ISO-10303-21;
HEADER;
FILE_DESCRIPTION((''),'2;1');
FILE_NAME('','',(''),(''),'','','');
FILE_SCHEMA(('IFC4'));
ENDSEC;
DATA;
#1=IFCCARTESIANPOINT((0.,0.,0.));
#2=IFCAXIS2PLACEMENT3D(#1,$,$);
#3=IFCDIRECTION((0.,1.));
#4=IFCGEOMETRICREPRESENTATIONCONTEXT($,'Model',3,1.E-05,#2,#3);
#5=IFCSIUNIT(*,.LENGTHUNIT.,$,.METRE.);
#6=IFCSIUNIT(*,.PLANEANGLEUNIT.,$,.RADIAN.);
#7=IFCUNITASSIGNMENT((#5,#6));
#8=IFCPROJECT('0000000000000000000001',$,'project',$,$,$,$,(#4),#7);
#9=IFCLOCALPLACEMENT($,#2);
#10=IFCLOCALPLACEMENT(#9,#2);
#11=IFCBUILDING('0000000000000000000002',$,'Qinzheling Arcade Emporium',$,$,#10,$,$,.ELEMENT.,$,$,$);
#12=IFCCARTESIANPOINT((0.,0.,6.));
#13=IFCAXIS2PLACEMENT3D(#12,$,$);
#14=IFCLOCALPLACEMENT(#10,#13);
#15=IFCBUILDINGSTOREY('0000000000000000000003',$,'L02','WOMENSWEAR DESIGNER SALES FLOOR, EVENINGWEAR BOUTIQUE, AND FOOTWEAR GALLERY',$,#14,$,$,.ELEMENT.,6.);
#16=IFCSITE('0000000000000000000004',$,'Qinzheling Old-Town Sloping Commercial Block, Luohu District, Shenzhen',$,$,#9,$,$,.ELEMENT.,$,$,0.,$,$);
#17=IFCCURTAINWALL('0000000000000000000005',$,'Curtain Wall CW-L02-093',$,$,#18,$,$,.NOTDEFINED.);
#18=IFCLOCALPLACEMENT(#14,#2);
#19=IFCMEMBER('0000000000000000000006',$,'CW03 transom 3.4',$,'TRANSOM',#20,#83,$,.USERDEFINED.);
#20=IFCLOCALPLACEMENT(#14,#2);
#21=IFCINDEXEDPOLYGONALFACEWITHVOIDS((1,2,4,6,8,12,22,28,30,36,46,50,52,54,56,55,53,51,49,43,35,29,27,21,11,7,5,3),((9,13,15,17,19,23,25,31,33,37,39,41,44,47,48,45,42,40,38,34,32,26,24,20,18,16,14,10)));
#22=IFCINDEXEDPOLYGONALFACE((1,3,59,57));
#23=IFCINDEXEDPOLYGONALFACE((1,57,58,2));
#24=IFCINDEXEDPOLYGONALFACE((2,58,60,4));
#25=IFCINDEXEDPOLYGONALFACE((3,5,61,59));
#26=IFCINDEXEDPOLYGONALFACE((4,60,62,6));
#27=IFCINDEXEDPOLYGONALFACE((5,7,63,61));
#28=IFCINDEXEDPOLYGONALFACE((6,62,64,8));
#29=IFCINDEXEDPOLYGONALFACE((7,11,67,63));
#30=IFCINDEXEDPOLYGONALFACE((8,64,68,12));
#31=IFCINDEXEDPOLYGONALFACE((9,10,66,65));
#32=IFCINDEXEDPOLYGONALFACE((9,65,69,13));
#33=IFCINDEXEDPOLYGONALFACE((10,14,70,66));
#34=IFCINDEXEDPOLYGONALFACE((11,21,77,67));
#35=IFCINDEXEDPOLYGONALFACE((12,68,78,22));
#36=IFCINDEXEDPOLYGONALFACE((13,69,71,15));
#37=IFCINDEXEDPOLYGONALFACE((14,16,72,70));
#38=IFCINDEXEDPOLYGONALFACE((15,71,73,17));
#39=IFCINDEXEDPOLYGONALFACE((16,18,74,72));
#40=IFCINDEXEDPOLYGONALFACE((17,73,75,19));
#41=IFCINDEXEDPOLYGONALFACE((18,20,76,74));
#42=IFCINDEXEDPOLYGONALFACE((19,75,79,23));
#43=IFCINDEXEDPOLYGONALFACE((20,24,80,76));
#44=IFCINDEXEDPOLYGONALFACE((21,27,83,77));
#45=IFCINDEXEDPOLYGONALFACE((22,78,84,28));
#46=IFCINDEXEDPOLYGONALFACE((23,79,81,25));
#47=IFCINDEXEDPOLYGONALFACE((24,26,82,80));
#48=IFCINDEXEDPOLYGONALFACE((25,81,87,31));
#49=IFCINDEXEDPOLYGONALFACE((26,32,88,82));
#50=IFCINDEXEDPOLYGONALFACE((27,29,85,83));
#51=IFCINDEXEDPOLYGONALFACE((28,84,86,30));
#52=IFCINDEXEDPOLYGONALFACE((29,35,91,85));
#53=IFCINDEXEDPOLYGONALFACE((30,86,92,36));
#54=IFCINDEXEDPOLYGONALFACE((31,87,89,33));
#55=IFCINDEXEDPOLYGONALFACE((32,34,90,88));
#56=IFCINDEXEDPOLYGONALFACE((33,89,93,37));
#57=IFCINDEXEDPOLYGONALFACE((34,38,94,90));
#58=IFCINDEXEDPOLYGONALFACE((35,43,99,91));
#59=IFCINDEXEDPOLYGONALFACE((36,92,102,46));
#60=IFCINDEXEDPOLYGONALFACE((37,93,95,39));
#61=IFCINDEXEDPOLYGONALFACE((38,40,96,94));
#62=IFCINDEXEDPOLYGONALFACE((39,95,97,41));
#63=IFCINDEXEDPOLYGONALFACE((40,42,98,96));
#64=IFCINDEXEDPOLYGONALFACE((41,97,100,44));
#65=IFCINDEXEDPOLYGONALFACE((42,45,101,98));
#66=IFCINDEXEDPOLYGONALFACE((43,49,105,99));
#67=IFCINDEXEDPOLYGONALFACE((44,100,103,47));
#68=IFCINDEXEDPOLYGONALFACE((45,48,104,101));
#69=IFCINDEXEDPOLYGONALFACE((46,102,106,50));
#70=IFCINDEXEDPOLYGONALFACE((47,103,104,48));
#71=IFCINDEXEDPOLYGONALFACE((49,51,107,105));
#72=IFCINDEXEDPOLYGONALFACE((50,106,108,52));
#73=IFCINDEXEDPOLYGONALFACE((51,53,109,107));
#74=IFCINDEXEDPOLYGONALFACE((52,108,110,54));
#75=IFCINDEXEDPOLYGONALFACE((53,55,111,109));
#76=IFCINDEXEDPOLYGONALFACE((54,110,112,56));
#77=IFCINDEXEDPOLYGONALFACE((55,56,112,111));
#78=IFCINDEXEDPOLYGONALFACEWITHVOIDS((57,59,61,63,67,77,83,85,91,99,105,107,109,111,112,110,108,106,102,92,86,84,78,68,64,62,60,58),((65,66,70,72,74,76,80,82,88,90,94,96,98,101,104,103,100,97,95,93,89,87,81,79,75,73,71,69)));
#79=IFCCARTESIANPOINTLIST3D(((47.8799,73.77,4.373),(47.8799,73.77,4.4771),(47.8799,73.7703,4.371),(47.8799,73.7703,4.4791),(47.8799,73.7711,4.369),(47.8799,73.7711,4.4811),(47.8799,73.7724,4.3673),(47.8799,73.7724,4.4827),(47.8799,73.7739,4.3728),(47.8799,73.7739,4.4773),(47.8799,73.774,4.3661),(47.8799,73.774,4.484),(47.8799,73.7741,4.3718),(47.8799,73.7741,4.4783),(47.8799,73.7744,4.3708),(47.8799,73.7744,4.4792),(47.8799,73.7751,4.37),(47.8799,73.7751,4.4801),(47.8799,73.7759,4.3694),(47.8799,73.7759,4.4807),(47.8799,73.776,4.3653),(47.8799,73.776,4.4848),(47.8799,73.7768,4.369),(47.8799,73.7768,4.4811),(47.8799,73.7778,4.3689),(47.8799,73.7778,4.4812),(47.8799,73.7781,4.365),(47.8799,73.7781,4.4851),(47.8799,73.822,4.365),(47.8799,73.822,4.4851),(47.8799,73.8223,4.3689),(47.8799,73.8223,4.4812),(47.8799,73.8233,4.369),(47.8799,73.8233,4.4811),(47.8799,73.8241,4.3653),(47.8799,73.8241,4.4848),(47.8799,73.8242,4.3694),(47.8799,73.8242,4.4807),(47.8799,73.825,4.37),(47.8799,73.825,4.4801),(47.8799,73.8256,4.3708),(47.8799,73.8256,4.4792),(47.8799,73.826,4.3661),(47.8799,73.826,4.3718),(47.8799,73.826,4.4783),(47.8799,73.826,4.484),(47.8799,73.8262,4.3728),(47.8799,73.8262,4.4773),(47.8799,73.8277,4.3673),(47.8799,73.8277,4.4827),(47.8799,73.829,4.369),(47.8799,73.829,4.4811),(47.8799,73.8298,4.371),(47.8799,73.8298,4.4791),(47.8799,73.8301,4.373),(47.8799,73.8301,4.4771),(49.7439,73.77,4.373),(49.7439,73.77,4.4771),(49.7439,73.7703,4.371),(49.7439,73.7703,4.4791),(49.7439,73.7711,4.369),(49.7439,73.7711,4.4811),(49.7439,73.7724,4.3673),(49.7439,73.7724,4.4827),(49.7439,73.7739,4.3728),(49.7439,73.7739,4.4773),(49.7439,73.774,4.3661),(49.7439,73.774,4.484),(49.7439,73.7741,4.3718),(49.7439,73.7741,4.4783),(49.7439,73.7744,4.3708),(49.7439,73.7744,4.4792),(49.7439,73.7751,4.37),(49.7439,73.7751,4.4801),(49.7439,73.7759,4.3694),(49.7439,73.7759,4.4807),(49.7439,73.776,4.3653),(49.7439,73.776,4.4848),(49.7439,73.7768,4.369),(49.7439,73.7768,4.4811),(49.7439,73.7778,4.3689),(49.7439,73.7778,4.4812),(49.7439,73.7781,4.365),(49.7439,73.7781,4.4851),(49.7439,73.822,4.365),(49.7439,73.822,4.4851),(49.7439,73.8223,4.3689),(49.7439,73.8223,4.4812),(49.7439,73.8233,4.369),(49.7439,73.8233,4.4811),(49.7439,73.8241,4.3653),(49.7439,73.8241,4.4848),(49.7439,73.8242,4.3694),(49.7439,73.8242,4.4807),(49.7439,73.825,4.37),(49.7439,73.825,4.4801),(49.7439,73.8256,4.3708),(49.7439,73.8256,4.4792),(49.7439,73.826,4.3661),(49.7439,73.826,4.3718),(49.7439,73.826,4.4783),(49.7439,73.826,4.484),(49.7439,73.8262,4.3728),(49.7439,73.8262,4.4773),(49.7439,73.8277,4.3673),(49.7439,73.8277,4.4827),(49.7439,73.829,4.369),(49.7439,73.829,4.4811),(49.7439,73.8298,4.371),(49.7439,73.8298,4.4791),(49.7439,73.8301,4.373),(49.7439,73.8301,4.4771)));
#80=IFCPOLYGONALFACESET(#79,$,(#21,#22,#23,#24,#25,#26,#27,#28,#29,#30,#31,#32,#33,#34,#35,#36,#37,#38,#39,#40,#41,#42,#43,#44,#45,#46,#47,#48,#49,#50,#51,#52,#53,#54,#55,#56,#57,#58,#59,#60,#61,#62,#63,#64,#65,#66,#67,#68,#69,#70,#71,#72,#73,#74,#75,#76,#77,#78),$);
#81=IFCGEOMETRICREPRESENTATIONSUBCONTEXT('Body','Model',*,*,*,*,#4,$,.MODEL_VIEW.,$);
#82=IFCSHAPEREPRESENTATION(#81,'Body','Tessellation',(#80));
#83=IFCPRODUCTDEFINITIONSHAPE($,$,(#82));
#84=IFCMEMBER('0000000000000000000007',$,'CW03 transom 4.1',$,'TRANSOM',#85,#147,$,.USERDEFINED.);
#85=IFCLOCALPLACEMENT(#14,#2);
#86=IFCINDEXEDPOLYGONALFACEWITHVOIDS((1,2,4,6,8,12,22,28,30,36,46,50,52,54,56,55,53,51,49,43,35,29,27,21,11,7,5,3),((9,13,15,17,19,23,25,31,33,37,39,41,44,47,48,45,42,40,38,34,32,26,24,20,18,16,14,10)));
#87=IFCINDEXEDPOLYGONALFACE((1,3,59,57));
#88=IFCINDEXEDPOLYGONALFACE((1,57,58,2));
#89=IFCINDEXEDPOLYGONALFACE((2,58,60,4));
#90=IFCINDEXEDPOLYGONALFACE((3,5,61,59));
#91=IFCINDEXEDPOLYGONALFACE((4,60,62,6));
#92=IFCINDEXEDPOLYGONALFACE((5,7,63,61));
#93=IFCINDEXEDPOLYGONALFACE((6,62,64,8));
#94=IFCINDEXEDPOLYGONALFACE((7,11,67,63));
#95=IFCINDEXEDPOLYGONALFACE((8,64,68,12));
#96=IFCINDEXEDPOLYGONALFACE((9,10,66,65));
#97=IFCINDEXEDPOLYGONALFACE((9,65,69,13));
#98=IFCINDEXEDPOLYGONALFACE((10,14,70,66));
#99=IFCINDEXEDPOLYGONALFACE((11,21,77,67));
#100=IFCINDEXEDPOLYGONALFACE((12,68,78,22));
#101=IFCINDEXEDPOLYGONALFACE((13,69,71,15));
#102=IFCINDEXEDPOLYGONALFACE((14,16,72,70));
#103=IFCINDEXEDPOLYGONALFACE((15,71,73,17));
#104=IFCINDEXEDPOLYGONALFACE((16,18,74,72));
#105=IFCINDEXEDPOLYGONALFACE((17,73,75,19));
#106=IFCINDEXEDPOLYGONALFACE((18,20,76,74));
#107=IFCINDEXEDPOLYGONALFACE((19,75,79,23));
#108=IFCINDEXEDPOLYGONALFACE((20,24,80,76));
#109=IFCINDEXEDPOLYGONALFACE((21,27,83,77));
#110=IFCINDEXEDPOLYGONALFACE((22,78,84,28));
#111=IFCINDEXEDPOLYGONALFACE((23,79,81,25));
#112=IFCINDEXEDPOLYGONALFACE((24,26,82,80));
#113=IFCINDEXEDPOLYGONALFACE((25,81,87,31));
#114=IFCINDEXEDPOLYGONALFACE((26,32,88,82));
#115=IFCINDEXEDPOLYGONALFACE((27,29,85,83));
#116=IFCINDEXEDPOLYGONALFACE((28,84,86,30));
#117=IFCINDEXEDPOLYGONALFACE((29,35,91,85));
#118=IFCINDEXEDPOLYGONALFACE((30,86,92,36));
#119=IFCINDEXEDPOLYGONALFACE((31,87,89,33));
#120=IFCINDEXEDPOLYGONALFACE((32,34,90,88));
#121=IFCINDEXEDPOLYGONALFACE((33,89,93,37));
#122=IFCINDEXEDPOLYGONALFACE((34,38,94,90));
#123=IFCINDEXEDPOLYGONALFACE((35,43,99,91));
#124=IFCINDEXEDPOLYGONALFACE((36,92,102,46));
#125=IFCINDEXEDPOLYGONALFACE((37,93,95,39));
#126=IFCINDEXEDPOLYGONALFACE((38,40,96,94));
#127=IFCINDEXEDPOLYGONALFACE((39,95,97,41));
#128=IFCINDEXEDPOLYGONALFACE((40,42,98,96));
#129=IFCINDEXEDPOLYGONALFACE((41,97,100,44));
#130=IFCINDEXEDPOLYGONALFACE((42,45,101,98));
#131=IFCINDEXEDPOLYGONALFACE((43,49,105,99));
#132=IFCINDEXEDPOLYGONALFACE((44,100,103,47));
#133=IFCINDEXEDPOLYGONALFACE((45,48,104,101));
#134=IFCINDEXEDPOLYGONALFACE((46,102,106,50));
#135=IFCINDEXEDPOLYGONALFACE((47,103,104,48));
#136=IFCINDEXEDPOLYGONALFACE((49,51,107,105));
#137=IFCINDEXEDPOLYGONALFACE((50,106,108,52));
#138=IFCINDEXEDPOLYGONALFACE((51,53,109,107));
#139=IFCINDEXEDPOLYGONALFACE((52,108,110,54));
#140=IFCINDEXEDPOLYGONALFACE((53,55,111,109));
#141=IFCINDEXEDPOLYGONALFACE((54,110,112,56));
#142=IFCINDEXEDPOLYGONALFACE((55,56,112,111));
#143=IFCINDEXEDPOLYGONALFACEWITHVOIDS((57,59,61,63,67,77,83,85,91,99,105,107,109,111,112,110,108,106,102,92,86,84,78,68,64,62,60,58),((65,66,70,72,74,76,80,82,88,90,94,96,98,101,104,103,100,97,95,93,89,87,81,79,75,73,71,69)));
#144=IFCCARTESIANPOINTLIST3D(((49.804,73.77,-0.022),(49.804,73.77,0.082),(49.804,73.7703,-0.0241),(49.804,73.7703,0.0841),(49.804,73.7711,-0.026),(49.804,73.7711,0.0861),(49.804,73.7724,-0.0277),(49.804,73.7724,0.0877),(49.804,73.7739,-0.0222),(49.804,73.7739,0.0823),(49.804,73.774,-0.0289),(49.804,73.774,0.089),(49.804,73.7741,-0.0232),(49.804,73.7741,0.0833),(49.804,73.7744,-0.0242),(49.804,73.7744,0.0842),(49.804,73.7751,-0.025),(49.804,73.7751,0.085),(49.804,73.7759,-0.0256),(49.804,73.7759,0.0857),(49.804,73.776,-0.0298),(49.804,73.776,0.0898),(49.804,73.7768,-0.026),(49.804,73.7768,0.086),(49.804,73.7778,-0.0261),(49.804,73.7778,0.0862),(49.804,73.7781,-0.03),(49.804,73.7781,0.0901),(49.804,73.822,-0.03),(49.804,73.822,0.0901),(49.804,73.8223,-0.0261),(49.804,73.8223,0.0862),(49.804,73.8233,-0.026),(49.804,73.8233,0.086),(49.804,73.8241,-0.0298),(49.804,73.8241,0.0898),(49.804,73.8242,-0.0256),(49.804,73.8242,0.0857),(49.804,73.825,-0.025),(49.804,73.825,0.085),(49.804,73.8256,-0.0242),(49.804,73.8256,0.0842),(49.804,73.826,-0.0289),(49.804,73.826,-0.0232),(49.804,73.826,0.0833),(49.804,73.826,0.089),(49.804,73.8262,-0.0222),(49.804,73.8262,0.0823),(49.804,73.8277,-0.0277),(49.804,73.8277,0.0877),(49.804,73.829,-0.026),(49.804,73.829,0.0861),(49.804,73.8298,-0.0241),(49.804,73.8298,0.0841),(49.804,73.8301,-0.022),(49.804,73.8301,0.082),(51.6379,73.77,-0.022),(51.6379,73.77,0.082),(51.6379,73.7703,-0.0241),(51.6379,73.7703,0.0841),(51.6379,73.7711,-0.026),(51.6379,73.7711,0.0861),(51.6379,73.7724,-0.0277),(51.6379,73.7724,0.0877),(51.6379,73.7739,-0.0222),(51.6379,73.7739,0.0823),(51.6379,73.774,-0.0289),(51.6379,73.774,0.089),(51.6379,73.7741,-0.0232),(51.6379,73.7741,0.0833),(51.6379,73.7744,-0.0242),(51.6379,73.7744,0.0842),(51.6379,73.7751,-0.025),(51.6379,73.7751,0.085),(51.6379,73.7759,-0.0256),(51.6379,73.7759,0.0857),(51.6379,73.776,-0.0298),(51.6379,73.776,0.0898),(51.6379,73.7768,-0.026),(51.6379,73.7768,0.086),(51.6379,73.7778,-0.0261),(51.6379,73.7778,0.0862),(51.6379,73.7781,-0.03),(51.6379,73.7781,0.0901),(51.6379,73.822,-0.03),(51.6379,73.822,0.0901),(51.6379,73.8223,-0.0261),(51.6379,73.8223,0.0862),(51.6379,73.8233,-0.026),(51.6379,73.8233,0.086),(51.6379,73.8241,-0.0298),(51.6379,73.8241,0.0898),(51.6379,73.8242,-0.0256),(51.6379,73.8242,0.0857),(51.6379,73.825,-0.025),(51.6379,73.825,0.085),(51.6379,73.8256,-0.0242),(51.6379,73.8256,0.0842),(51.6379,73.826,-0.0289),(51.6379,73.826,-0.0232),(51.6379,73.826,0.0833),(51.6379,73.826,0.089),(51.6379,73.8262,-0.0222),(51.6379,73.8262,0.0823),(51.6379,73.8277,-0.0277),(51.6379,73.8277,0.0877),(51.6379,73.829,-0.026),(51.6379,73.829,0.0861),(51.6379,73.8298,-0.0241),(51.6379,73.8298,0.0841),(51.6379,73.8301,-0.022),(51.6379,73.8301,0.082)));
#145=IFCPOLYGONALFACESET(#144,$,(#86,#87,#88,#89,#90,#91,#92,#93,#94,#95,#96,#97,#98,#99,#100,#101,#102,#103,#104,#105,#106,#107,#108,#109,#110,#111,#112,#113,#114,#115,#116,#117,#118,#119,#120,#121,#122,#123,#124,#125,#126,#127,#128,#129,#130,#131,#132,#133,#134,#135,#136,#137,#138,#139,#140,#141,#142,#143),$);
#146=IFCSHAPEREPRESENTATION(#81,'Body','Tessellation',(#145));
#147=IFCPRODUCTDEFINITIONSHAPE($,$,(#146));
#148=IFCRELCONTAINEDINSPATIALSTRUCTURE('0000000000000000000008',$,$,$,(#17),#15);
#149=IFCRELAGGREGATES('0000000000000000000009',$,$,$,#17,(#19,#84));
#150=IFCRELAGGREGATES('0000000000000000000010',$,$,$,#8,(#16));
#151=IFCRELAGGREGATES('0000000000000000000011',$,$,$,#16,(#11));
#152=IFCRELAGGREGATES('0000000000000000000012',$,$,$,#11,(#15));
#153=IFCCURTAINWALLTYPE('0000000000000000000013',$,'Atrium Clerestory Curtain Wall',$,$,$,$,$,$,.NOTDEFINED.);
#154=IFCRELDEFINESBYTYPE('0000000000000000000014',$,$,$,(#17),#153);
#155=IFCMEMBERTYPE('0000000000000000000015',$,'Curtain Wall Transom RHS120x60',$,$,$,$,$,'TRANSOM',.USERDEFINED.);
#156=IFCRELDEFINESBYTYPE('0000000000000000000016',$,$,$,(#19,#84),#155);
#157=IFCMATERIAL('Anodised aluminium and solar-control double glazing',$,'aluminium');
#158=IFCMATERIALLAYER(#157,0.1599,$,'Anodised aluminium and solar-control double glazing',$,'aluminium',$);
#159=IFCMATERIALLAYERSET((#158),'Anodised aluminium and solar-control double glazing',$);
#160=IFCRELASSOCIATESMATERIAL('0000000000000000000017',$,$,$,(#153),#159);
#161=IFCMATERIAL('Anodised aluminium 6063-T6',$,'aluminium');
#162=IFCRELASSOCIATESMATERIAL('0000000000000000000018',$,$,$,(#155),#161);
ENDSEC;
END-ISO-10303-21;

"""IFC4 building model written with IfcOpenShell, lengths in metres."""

from ifc_helpers import new_model, si_unit, direction, frame, origin, origin_2d, place, context, subcontext, project, spatial, hollow_rectangle, extrude, material, layer, layer_set, material_profile, profile_set, type_object, element, aggregate, save


model = new_model("IFC4")

# Units and contexts
model_context = context("Model", 3, precision=1e-05, world=origin(), true_north=direction((0.0, 1.0)))
body_context = subcontext(model_context, "Body", "Model", "MODEL_VIEW")
ifc_project = project(units=[si_unit("LENGTHUNIT", "METRE"), si_unit("PLANEANGLEUNIT", "RADIAN")], contexts=[model_context])

# Site, building, storey
site_placement = place(None, origin())
site = spatial("IfcSite", under=ifc_project, at=site_placement, Name="Qinzheling Old-Town Sloping Commercial Block, Luohu District, Shenzhen", CompositionType="ELEMENT", RefElevation=0.0)
building_placement = place(site_placement, origin())
building = spatial("IfcBuilding", under=site, at=building_placement, Name="Qinzheling Arcade Emporium", CompositionType="ELEMENT")
storey_placement = place(building_placement, frame((0.0, 0.0, 6.0)))
storey = spatial("IfcBuildingStorey", under=building, at=storey_placement, Name="L02", Description="WOMENSWEAR DESIGNER SALES FLOOR, EVENINGWEAR BOUTIQUE, AND FOOTWEAR GALLERY", CompositionType="ELEMENT", Elevation=6.0)

# Curtain wall, members
ifc_material_1 = material(Name="Anodised aluminium and solar-control double glazing", Category="aluminium")
ifc_layer_1 = layer(ifc_material_1, 0.1599, Name="Anodised aluminium and solar-control double glazing", Category="aluminium")
ifc_layer_set_1 = layer_set([ifc_layer_1], Name="Anodised aluminium and solar-control double glazing")
curtain_wall_type = type_object("IfcCurtainWallType", Name="Atrium Clerestory Curtain Wall", PredefinedType="NOTDEFINED", material=ifc_layer_set_1)
curtain_wall_placement = place(storey_placement, origin())
curtain_wall = element("IfcCurtainWall", 1, at=curtain_wall_placement, inside=storey, type_object=curtain_wall_type, Name="Curtain Wall CW-L02-093", PredefinedType="NOTDEFINED")
ifc_material_2 = material(Name="Anodised aluminium 6063-T6", Category="aluminium")
ifc_material_profile_1 = material_profile(ifc_material_2, hollow_rectangle(XDim=0.0601, YDim=0.1201, WallThickness=0.0039, InnerFilletRadius=0.0039, OuterFilletRadius=0.0081, at=origin_2d()), Name="RHS 120x60x4", Category="aluminium")
ifc_profile_set_1 = profile_set([ifc_material_profile_1], Name="Anodised aluminium 6063-T6")
member_type_1 = type_object("IfcMemberType", Name="Curtain Wall Transom RHS120x60", ElementType="TRANSOM", PredefinedType="USERDEFINED", material=ifc_profile_set_1)
member_1_placement = place(storey_placement, frame((47.8799, 73.8, 4.425), z_axis=(1.0, 0.0, 0.0), x_axis=(0.0, 1.0, 0.0)))
member_1 = element("IfcMember", 2, at=member_1_placement, type_object=member_type_1, Name="CW03 transom 3.4", ObjectType="TRANSOM", PredefinedType="USERDEFINED", context=body_context, shape_type="SweptSolid", body=[
    extrude(hollow_rectangle(XDim=0.0601, YDim=0.1201, WallThickness=0.0039, InnerFilletRadius=0.0039, OuterFilletRadius=0.0081, at=origin_2d()), origin(), (0.0, 0.0, 1.0), 1.864),
])
member_2_placement = place(storey_placement, frame((49.804, 73.8, 0.03), z_axis=(1.0, 0.0, 0.0), x_axis=(0.0, 1.0, 0.0)))
member_2 = element("IfcMember", 3, at=member_2_placement, type_object=member_type_1, Name="CW03 transom 4.1", ObjectType="TRANSOM", PredefinedType="USERDEFINED", context=body_context, shape_type="SweptSolid", body=[
    extrude(hollow_rectangle(XDim=0.0601, YDim=0.1201, WallThickness=0.0039, InnerFilletRadius=0.0039, OuterFilletRadius=0.0081, at=origin_2d()), origin(), (0.0, 0.0, 1.0), 1.834),
])
aggregate(curtain_wall, [member_1, member_2])

save(model, "model.ifc")
